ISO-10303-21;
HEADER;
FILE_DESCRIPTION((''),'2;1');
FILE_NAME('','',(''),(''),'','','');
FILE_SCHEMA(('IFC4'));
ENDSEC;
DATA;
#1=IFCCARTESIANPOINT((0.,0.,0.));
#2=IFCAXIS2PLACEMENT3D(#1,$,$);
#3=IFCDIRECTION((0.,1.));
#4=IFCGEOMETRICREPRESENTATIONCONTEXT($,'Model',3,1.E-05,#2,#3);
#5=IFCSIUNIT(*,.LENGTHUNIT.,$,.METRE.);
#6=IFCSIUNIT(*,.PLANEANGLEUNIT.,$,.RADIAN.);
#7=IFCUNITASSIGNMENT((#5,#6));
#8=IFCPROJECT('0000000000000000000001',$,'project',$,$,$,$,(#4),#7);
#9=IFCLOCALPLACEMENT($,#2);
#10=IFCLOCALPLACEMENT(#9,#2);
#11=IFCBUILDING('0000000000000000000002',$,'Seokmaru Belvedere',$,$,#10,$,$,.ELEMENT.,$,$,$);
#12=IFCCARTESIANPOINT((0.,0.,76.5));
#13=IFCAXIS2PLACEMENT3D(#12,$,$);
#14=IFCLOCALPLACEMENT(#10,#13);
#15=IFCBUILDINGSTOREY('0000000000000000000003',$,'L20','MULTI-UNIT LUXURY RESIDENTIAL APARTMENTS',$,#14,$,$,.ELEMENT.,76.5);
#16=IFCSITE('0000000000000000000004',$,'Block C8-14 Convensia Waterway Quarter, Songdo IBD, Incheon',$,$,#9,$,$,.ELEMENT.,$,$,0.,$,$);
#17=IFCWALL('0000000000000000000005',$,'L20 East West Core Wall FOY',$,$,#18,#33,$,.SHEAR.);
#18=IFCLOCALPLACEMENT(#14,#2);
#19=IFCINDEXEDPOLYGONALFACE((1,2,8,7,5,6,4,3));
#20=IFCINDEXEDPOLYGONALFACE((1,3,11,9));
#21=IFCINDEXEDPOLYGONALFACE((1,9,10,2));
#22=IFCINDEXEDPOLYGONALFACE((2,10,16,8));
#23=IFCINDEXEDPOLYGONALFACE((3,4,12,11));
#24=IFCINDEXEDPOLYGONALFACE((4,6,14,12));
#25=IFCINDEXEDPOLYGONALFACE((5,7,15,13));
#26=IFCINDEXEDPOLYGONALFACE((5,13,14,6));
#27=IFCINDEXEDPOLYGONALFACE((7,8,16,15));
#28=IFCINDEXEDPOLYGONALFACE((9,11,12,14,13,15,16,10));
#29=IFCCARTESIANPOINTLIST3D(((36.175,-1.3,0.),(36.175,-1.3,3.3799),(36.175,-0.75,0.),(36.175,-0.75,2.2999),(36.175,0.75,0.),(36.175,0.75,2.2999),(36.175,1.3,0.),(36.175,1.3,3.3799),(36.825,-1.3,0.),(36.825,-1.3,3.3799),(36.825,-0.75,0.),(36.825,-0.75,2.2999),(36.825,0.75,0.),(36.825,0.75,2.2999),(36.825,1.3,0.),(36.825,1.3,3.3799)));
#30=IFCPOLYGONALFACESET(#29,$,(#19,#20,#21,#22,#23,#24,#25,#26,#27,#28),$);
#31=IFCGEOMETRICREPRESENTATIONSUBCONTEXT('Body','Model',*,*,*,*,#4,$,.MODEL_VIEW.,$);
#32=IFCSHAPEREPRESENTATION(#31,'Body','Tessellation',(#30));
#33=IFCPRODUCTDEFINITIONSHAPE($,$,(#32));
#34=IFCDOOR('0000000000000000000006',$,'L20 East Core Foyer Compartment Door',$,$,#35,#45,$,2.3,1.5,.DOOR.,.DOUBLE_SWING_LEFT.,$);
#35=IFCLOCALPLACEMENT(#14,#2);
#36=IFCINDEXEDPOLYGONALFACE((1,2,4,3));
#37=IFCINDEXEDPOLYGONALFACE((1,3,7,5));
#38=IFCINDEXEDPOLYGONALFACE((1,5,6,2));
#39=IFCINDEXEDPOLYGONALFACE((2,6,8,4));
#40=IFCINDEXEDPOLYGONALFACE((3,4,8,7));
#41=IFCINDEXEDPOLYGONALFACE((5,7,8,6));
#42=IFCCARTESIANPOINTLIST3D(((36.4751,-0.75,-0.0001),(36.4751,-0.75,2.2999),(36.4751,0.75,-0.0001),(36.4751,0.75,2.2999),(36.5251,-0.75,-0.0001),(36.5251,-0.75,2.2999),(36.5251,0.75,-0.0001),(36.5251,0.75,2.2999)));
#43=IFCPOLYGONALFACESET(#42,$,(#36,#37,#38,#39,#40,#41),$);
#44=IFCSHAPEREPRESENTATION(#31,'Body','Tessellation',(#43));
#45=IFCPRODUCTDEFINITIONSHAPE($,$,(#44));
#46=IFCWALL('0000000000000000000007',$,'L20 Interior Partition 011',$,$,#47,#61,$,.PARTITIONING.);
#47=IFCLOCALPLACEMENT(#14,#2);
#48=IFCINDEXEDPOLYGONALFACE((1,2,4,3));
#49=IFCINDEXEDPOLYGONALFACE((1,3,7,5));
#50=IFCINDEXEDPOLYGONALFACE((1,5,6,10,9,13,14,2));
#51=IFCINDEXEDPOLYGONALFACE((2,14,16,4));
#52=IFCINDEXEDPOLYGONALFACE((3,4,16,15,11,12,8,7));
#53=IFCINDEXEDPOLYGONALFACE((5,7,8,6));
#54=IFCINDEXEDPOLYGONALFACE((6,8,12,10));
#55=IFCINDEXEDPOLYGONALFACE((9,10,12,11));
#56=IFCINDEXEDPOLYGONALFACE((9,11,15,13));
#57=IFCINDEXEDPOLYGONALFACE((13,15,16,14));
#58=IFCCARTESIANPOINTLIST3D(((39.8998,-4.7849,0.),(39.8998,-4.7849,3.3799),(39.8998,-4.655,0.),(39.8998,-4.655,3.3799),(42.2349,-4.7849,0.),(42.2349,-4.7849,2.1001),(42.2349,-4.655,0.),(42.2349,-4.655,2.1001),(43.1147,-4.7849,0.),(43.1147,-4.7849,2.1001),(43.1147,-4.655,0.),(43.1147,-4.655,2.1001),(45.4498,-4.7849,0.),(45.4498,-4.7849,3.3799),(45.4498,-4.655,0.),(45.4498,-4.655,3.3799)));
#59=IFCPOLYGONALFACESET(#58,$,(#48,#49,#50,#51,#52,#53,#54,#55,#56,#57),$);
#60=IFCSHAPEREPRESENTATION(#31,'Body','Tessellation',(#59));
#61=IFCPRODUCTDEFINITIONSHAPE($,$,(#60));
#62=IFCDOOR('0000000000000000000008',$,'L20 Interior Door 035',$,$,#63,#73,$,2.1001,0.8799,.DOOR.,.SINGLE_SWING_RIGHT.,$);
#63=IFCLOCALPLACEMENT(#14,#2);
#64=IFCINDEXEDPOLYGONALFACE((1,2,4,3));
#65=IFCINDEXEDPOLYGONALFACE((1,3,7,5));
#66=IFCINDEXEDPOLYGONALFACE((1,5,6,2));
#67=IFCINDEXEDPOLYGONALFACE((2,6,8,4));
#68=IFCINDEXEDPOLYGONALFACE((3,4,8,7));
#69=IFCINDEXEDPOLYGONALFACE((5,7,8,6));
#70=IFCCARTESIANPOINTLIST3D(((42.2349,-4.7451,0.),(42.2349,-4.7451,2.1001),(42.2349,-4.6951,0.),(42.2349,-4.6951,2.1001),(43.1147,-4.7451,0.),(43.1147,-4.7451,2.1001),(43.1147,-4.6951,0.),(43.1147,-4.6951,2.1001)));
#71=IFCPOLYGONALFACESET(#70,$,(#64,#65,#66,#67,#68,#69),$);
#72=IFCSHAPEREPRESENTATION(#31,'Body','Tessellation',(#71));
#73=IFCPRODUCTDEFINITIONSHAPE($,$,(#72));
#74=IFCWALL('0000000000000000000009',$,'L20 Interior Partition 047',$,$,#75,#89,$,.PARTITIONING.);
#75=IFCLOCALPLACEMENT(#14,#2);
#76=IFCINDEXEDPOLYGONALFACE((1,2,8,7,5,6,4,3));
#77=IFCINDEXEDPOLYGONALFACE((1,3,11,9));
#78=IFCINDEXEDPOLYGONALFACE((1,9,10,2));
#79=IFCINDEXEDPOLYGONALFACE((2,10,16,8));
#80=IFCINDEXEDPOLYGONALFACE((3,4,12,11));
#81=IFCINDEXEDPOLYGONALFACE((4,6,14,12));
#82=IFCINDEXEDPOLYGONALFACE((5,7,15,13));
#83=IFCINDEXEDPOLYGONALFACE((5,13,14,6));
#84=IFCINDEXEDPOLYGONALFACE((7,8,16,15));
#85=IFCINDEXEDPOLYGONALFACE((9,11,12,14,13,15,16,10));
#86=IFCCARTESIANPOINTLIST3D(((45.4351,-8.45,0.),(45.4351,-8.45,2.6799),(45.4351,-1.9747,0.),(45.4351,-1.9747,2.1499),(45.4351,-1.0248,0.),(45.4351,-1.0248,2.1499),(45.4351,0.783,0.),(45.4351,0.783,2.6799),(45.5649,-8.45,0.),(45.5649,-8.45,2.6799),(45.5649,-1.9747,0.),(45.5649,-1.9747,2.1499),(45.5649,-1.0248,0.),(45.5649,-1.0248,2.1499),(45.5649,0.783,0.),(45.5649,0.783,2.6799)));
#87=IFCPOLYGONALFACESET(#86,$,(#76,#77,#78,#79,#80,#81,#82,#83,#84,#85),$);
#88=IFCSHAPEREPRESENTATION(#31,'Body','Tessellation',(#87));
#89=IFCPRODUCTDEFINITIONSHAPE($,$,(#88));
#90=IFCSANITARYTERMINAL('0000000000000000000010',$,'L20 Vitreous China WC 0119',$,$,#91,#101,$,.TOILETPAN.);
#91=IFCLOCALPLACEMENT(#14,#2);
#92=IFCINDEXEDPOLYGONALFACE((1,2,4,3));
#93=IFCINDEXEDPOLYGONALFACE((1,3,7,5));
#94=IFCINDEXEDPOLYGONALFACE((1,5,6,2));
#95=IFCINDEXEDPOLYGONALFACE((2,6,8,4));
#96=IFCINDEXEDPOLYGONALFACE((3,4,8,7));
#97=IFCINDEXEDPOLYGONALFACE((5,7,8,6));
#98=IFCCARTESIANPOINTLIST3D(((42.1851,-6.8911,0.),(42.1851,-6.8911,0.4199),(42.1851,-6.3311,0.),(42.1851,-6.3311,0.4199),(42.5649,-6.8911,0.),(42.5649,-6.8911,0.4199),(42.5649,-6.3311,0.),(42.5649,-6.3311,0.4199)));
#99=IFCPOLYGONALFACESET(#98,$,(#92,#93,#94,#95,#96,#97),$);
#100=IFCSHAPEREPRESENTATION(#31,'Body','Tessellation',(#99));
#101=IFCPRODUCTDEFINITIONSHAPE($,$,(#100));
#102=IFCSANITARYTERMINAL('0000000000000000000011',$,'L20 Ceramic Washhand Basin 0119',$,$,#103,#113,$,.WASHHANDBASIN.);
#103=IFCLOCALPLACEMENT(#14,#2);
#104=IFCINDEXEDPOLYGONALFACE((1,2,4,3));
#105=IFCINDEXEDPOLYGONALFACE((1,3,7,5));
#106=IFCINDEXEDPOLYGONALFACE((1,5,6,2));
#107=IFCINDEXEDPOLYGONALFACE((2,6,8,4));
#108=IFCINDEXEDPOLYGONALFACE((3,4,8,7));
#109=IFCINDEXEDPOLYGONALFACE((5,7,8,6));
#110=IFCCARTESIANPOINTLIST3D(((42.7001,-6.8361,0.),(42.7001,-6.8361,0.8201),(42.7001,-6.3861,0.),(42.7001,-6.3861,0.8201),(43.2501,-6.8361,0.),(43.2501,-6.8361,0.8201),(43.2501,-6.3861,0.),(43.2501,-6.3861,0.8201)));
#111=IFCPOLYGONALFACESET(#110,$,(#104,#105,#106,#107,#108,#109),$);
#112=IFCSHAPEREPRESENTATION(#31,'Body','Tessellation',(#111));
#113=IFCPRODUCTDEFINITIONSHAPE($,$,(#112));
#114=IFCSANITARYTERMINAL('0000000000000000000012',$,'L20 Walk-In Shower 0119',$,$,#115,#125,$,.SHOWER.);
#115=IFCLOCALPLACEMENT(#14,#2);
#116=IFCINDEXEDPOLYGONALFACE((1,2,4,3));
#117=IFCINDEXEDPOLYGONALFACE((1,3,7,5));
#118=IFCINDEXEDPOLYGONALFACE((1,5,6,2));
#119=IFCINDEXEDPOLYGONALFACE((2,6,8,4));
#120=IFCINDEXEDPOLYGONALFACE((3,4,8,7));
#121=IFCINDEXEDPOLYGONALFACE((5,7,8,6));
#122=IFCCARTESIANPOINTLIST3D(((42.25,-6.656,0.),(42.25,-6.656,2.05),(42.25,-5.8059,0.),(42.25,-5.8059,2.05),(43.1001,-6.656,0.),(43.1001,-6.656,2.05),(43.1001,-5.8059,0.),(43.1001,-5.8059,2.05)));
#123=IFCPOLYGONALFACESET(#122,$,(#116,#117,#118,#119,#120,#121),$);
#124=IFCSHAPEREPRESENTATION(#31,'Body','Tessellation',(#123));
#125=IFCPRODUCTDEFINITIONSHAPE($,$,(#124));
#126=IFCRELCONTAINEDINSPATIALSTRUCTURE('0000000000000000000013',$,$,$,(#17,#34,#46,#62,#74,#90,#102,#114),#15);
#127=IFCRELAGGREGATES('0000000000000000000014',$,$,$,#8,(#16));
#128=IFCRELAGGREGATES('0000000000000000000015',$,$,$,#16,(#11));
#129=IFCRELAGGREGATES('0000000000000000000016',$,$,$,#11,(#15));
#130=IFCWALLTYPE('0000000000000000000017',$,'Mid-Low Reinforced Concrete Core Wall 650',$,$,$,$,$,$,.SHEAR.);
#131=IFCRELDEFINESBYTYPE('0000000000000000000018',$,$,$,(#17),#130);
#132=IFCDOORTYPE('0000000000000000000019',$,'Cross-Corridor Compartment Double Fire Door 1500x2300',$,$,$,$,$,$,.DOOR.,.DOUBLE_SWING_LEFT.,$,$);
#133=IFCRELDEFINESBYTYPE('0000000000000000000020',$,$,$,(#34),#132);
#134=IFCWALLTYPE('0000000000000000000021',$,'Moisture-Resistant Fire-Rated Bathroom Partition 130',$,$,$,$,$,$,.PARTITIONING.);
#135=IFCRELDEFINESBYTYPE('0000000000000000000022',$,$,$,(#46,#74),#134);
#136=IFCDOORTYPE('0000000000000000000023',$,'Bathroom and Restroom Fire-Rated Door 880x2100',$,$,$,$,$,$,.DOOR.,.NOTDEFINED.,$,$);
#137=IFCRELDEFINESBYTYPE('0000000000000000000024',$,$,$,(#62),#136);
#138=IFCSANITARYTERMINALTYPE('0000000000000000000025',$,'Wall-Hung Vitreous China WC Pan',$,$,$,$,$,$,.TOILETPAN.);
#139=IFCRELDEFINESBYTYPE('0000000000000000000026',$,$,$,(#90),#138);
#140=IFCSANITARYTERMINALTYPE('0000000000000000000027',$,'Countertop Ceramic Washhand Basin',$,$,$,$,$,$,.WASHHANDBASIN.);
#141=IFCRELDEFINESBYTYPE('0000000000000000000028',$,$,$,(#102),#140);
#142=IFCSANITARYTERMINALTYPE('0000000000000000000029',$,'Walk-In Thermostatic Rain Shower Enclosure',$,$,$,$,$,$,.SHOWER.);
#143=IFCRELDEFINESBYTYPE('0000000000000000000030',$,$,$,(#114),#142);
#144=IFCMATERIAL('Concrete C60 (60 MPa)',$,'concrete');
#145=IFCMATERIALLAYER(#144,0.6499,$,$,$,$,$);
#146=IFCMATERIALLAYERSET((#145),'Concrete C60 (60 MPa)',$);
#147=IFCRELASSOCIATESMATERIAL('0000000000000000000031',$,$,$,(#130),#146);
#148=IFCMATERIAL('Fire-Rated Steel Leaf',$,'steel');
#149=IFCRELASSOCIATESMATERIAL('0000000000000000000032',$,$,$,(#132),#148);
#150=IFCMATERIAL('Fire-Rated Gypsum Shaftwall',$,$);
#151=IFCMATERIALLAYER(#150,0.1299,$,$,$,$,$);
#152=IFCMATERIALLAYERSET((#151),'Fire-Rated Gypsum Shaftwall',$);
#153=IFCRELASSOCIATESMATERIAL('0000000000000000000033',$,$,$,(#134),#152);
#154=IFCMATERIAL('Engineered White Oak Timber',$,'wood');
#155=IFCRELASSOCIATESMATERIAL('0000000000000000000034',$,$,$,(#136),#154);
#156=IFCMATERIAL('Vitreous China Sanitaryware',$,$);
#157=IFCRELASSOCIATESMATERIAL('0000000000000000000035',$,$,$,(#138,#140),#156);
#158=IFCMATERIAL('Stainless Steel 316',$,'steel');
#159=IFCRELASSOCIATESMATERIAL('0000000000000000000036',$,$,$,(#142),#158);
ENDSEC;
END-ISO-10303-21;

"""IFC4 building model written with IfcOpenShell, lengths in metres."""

from ifc_helpers import new_model, si_unit, direction, frame, frame_2d, origin, origin_2d, place, context, subcontext, project, spatial, rectangle, extrude, source, transform, mapped, material, layer, layer_set, type_object, type_shapes, element, fill, save


model = new_model("IFC4")

# Units and contexts
model_context = context("Model", 3, precision=1e-05, world=origin(), true_north=direction((0.0, 1.0)))
body_context = subcontext(model_context, "Body", "Model", "MODEL_VIEW")
ifc_project = project(units=[si_unit("LENGTHUNIT", "METRE"), si_unit("PLANEANGLEUNIT", "RADIAN")], contexts=[model_context])

# Site, building, storey
site_placement = place(None, origin())
site = spatial("IfcSite", under=ifc_project, at=site_placement, Name="Block C8-14 Convensia Waterway Quarter, Songdo IBD, Incheon", CompositionType="ELEMENT", RefElevation=0.0)
building_placement = place(site_placement, origin())
building = spatial("IfcBuilding", under=site, at=building_placement, Name="Seokmaru Belvedere", CompositionType="ELEMENT")
storey_placement = place(building_placement, frame((0.0, 0.0, 76.5)))
storey = spatial("IfcBuildingStorey", under=building, at=storey_placement, Name="L20", Description="MULTI-UNIT LUXURY RESIDENTIAL APARTMENTS", CompositionType="ELEMENT", Elevation=76.5)

# Shared definitions
ifc_material_1 = material(Name="Fire-Rated Gypsum Shaftwall")

# Walls, openings, doors
ifc_material_2 = material(Name="Concrete C60 (60 MPa)", Category="concrete")
ifc_layer_1 = layer(ifc_material_2, 0.6499)
ifc_layer_set_1 = layer_set([ifc_layer_1], Name="Concrete C60 (60 MPa)")
wall_type_1 = type_object("IfcWallType", Name="Mid-Low Reinforced Concrete Core Wall 650", PredefinedType="SHEAR", material=ifc_layer_set_1)
wall_1_placement = place(storey_placement, frame((36.5, -1.3, 0.0), z_axis=(0.0, 0.0, 1.0), x_axis=(0.0, 1.0, 0.0)))
wall_1 = element("IfcWall", 1, at=wall_1_placement, inside=storey, type_object=wall_type_1, Name="L20 East West Core Wall FOY", PredefinedType="SHEAR", context=body_context, shape_type="SweptSolid", body=[
    extrude(rectangle(XDim=2.6001, YDim=0.6499, at=frame_2d((1.3, 0.0))), origin(), (0.0, 0.0, 1.0), 3.3799),
])
opening_1_placement = place(wall_1_placement, frame((0.55, 0.0, 0.0)))
opening_1 = element("IfcOpeningElement", 2, at=opening_1_placement, cuts=wall_1, PredefinedType="OPENING", context=body_context, shape_type="SweptSolid", body=[
    extrude(rectangle(XDim=1.5, YDim=2.3, at=frame_2d((0.75, 1.1499))), frame((0.0, 0.335, 0.0), z_axis=(0.0, -1.0, 0.0), x_axis=(1.0, 0.0, 0.0)), (0.0, 0.0, 1.0), 0.6699),
])
ifc_material_3 = material(Name="Fire-Rated Steel Leaf", Category="steel")
door_type_1 = type_object("IfcDoorType", Name="Cross-Corridor Compartment Double Fire Door 1500x2300", OperationType="DOUBLE_SWING_LEFT", PredefinedType="DOOR", material=ifc_material_3)
shared_shape_1 = source(origin(), body_context, "Body", "SweptSolid", [
    extrude(rectangle(XDim=1.5, YDim=2.3, at=frame_2d((0.75, 1.1499))), frame((0.0, 0.0249, 0.0), z_axis=(0.0, -1.0, 0.0), x_axis=(1.0, 0.0, 0.0)), (0.0, 0.0, 1.0), 0.05),
])
type_shapes(door_type_1, [shared_shape_1])
door_1_placement = place(opening_1_placement, origin())
door_1 = element("IfcDoor", 3, at=door_1_placement, inside=storey, type_object=door_type_1, Name="L20 East Core Foyer Compartment Door", OperationType="DOUBLE_SWING_LEFT", OverallHeight=2.3, OverallWidth=1.5, PredefinedType="DOOR", context=body_context, shape_type="MappedRepresentation", body=[
    mapped(shared_shape_1, transform((0.0, 0.0, 0.0), scale=1.0)),
])
fill(opening_1, door_1)
ifc_layer_2 = layer(ifc_material_1, 0.1299)
ifc_layer_set_2 = layer_set([ifc_layer_2], Name="Fire-Rated Gypsum Shaftwall")
wall_type_2 = type_object("IfcWallType", Name="Moisture-Resistant Fire-Rated Bathroom Partition 130", PredefinedType="PARTITIONING", material=ifc_layer_set_2)
wall_2_placement = place(storey_placement, frame((39.8999, -4.72, 0.0), z_axis=(0.0, 0.0, 1.0), x_axis=(1.0, 0.0, 0.0)))
wall_2 = element("IfcWall", 4, at=wall_2_placement, inside=storey, type_object=wall_type_2, Name="L20 Interior Partition 011", PredefinedType="PARTITIONING", context=body_context, shape_type="SweptSolid", body=[
    extrude(rectangle(XDim=5.55, YDim=0.1299, at=frame_2d((2.7749, 0.0))), origin(), (0.0, 0.0, 1.0), 3.3799),
])
opening_2_placement = place(wall_2_placement, frame((2.335, 0.0, 0.0)))
opening_2 = element("IfcOpeningElement", 5, at=opening_2_placement, cuts=wall_2, PredefinedType="OPENING", context=body_context, shape_type="SweptSolid", body=[
    extrude(rectangle(XDim=0.8799, YDim=2.1001, at=frame_2d((0.4399, 1.05))), frame((0.0, 0.075, 0.0), z_axis=(0.0, -1.0, 0.0), x_axis=(1.0, 0.0, 0.0)), (0.0, 0.0, 1.0), 0.1499),
])
ifc_material_4 = material(Name="Engineered White Oak Timber", Category="wood")
door_type_2 = type_object("IfcDoorType", Name="Bathroom and Restroom Fire-Rated Door 880x2100", OperationType="NOTDEFINED", PredefinedType="DOOR", material=ifc_material_4)
shared_shape_2 = source(origin(), body_context, "Body", "SweptSolid", [
    extrude(rectangle(XDim=0.8799, YDim=2.1001, at=frame_2d((0.4399, 1.05))), frame((0.0, 0.0249, 0.0), z_axis=(0.0, -1.0, 0.0), x_axis=(1.0, 0.0, 0.0)), (0.0, 0.0, 1.0), 0.05),
])
type_shapes(door_type_2, [shared_shape_2])
door_2_placement = place(opening_2_placement, origin())
door_2 = element("IfcDoor", 6, at=door_2_placement, inside=storey, type_object=door_type_2, Name="L20 Interior Door 035", OperationType="SINGLE_SWING_RIGHT", OverallHeight=2.1001, OverallWidth=0.8799, PredefinedType="DOOR", context=body_context, shape_type="MappedRepresentation", body=[
    mapped(shared_shape_2, transform((0.0, 0.0, 0.0), scale=1.0)),
])
fill(opening_2, door_2)

# Wall, opening
wall_3_placement = place(storey_placement, frame((45.5, -8.45, 0.0), z_axis=(0.0, 0.0, 1.0), x_axis=(0.0, 1.0, 0.0)))
wall_3 = element("IfcWall", 7, at=wall_3_placement, inside=storey, type_object=wall_type_2, Name="L20 Interior Partition 047", PredefinedType="PARTITIONING", context=body_context, shape_type="SweptSolid", body=[
    extrude(rectangle(XDim=9.2329, YDim=0.1299, at=frame_2d((4.6165, 0.0))), origin(), (0.0, 0.0, 1.0), 2.6799),
])
opening_3_placement = place(wall_3_placement, frame((6.4751, 0.0, 0.0)))
element("IfcOpeningElement", 8, at=opening_3_placement, cuts=wall_3, PredefinedType="OPENING", context=body_context, shape_type="SweptSolid", body=[
    extrude(rectangle(XDim=0.95, YDim=2.1499, at=frame_2d((0.4751, 1.075))), frame((0.0, 0.075, 0.0), z_axis=(0.0, -1.0, 0.0), x_axis=(1.0, 0.0, 0.0)), (0.0, 0.0, 1.0), 0.1499),
])

# Sanitary terminals
ifc_material_5 = material(Name="Vitreous China Sanitaryware")
sanitary_terminal_type_1 = type_object("IfcSanitaryTerminalType", Name="Wall-Hung Vitreous China WC Pan", PredefinedType="TOILETPAN", material=ifc_material_5)
shared_shape_3 = source(origin(), body_context, "Body", "SweptSolid", [
    extrude(rectangle(XDim=0.3799, YDim=0.5601, at=origin_2d()), origin(), (0.0, 0.0, 1.0), 0.4199),
])
type_shapes(sanitary_terminal_type_1, [shared_shape_3])
sanitary_terminal_1_placement = place(storey_placement, frame((42.375, -6.6111, 0.0), z_axis=(0.0, 0.0, 1.0), x_axis=(1.0, 0.0, 0.0)))
element("IfcSanitaryTerminal", 9, at=sanitary_terminal_1_placement, inside=storey, type_object=sanitary_terminal_type_1, Name="L20 Vitreous China WC 0119", PredefinedType="TOILETPAN", context=body_context, shape_type="MappedRepresentation", body=[
    mapped(shared_shape_3, transform((0.0, 0.0, 0.0), scale=1.0)),
])
sanitary_terminal_type_2 = type_object("IfcSanitaryTerminalType", Name="Countertop Ceramic Washhand Basin", PredefinedType="WASHHANDBASIN", material=ifc_material_5)
shared_shape_4 = source(origin(), body_context, "Body", "SweptSolid", [
    extrude(rectangle(XDim=0.55, YDim=0.45, at=origin_2d()), origin(), (0.0, 0.0, 1.0), 0.8201),
])
type_shapes(sanitary_terminal_type_2, [shared_shape_4])
sanitary_terminal_2_placement = place(storey_placement, frame((42.9751, -6.6111, 0.0), z_axis=(0.0, 0.0, 1.0), x_axis=(1.0, 0.0, 0.0)))
element("IfcSanitaryTerminal", 10, at=sanitary_terminal_2_placement, inside=storey, type_object=sanitary_terminal_type_2, Name="L20 Ceramic Washhand Basin 0119", PredefinedType="WASHHANDBASIN", context=body_context, shape_type="MappedRepresentation", body=[
    mapped(shared_shape_4, transform((0.0, 0.0, 0.0), scale=1.0)),
])
ifc_material_6 = material(Name="Stainless Steel 316", Category="steel")
sanitary_terminal_type_3 = type_object("IfcSanitaryTerminalType", Name="Walk-In Thermostatic Rain Shower Enclosure", PredefinedType="SHOWER", material=ifc_material_6)
shared_shape_5 = source(origin(), body_context, "Body", "SweptSolid", [
    extrude(rectangle(XDim=0.8501, YDim=0.8501, at=origin_2d()), origin(), (0.0, 0.0, 1.0), 2.05),
])
type_shapes(sanitary_terminal_type_3, [shared_shape_5])
sanitary_terminal_3_placement = place(storey_placement, frame((42.675, -6.231, 0.0), z_axis=(0.0, 0.0, 1.0), x_axis=(1.0, 0.0, 0.0)))
element("IfcSanitaryTerminal", 11, at=sanitary_terminal_3_placement, inside=storey, type_object=sanitary_terminal_type_3, Name="L20 Walk-In Shower 0119", PredefinedType="SHOWER", context=body_context, shape_type="MappedRepresentation", body=[
    mapped(shared_shape_5, transform((0.0, 0.0, 0.0), scale=1.0)),
])

save(model, "model.ifc")
